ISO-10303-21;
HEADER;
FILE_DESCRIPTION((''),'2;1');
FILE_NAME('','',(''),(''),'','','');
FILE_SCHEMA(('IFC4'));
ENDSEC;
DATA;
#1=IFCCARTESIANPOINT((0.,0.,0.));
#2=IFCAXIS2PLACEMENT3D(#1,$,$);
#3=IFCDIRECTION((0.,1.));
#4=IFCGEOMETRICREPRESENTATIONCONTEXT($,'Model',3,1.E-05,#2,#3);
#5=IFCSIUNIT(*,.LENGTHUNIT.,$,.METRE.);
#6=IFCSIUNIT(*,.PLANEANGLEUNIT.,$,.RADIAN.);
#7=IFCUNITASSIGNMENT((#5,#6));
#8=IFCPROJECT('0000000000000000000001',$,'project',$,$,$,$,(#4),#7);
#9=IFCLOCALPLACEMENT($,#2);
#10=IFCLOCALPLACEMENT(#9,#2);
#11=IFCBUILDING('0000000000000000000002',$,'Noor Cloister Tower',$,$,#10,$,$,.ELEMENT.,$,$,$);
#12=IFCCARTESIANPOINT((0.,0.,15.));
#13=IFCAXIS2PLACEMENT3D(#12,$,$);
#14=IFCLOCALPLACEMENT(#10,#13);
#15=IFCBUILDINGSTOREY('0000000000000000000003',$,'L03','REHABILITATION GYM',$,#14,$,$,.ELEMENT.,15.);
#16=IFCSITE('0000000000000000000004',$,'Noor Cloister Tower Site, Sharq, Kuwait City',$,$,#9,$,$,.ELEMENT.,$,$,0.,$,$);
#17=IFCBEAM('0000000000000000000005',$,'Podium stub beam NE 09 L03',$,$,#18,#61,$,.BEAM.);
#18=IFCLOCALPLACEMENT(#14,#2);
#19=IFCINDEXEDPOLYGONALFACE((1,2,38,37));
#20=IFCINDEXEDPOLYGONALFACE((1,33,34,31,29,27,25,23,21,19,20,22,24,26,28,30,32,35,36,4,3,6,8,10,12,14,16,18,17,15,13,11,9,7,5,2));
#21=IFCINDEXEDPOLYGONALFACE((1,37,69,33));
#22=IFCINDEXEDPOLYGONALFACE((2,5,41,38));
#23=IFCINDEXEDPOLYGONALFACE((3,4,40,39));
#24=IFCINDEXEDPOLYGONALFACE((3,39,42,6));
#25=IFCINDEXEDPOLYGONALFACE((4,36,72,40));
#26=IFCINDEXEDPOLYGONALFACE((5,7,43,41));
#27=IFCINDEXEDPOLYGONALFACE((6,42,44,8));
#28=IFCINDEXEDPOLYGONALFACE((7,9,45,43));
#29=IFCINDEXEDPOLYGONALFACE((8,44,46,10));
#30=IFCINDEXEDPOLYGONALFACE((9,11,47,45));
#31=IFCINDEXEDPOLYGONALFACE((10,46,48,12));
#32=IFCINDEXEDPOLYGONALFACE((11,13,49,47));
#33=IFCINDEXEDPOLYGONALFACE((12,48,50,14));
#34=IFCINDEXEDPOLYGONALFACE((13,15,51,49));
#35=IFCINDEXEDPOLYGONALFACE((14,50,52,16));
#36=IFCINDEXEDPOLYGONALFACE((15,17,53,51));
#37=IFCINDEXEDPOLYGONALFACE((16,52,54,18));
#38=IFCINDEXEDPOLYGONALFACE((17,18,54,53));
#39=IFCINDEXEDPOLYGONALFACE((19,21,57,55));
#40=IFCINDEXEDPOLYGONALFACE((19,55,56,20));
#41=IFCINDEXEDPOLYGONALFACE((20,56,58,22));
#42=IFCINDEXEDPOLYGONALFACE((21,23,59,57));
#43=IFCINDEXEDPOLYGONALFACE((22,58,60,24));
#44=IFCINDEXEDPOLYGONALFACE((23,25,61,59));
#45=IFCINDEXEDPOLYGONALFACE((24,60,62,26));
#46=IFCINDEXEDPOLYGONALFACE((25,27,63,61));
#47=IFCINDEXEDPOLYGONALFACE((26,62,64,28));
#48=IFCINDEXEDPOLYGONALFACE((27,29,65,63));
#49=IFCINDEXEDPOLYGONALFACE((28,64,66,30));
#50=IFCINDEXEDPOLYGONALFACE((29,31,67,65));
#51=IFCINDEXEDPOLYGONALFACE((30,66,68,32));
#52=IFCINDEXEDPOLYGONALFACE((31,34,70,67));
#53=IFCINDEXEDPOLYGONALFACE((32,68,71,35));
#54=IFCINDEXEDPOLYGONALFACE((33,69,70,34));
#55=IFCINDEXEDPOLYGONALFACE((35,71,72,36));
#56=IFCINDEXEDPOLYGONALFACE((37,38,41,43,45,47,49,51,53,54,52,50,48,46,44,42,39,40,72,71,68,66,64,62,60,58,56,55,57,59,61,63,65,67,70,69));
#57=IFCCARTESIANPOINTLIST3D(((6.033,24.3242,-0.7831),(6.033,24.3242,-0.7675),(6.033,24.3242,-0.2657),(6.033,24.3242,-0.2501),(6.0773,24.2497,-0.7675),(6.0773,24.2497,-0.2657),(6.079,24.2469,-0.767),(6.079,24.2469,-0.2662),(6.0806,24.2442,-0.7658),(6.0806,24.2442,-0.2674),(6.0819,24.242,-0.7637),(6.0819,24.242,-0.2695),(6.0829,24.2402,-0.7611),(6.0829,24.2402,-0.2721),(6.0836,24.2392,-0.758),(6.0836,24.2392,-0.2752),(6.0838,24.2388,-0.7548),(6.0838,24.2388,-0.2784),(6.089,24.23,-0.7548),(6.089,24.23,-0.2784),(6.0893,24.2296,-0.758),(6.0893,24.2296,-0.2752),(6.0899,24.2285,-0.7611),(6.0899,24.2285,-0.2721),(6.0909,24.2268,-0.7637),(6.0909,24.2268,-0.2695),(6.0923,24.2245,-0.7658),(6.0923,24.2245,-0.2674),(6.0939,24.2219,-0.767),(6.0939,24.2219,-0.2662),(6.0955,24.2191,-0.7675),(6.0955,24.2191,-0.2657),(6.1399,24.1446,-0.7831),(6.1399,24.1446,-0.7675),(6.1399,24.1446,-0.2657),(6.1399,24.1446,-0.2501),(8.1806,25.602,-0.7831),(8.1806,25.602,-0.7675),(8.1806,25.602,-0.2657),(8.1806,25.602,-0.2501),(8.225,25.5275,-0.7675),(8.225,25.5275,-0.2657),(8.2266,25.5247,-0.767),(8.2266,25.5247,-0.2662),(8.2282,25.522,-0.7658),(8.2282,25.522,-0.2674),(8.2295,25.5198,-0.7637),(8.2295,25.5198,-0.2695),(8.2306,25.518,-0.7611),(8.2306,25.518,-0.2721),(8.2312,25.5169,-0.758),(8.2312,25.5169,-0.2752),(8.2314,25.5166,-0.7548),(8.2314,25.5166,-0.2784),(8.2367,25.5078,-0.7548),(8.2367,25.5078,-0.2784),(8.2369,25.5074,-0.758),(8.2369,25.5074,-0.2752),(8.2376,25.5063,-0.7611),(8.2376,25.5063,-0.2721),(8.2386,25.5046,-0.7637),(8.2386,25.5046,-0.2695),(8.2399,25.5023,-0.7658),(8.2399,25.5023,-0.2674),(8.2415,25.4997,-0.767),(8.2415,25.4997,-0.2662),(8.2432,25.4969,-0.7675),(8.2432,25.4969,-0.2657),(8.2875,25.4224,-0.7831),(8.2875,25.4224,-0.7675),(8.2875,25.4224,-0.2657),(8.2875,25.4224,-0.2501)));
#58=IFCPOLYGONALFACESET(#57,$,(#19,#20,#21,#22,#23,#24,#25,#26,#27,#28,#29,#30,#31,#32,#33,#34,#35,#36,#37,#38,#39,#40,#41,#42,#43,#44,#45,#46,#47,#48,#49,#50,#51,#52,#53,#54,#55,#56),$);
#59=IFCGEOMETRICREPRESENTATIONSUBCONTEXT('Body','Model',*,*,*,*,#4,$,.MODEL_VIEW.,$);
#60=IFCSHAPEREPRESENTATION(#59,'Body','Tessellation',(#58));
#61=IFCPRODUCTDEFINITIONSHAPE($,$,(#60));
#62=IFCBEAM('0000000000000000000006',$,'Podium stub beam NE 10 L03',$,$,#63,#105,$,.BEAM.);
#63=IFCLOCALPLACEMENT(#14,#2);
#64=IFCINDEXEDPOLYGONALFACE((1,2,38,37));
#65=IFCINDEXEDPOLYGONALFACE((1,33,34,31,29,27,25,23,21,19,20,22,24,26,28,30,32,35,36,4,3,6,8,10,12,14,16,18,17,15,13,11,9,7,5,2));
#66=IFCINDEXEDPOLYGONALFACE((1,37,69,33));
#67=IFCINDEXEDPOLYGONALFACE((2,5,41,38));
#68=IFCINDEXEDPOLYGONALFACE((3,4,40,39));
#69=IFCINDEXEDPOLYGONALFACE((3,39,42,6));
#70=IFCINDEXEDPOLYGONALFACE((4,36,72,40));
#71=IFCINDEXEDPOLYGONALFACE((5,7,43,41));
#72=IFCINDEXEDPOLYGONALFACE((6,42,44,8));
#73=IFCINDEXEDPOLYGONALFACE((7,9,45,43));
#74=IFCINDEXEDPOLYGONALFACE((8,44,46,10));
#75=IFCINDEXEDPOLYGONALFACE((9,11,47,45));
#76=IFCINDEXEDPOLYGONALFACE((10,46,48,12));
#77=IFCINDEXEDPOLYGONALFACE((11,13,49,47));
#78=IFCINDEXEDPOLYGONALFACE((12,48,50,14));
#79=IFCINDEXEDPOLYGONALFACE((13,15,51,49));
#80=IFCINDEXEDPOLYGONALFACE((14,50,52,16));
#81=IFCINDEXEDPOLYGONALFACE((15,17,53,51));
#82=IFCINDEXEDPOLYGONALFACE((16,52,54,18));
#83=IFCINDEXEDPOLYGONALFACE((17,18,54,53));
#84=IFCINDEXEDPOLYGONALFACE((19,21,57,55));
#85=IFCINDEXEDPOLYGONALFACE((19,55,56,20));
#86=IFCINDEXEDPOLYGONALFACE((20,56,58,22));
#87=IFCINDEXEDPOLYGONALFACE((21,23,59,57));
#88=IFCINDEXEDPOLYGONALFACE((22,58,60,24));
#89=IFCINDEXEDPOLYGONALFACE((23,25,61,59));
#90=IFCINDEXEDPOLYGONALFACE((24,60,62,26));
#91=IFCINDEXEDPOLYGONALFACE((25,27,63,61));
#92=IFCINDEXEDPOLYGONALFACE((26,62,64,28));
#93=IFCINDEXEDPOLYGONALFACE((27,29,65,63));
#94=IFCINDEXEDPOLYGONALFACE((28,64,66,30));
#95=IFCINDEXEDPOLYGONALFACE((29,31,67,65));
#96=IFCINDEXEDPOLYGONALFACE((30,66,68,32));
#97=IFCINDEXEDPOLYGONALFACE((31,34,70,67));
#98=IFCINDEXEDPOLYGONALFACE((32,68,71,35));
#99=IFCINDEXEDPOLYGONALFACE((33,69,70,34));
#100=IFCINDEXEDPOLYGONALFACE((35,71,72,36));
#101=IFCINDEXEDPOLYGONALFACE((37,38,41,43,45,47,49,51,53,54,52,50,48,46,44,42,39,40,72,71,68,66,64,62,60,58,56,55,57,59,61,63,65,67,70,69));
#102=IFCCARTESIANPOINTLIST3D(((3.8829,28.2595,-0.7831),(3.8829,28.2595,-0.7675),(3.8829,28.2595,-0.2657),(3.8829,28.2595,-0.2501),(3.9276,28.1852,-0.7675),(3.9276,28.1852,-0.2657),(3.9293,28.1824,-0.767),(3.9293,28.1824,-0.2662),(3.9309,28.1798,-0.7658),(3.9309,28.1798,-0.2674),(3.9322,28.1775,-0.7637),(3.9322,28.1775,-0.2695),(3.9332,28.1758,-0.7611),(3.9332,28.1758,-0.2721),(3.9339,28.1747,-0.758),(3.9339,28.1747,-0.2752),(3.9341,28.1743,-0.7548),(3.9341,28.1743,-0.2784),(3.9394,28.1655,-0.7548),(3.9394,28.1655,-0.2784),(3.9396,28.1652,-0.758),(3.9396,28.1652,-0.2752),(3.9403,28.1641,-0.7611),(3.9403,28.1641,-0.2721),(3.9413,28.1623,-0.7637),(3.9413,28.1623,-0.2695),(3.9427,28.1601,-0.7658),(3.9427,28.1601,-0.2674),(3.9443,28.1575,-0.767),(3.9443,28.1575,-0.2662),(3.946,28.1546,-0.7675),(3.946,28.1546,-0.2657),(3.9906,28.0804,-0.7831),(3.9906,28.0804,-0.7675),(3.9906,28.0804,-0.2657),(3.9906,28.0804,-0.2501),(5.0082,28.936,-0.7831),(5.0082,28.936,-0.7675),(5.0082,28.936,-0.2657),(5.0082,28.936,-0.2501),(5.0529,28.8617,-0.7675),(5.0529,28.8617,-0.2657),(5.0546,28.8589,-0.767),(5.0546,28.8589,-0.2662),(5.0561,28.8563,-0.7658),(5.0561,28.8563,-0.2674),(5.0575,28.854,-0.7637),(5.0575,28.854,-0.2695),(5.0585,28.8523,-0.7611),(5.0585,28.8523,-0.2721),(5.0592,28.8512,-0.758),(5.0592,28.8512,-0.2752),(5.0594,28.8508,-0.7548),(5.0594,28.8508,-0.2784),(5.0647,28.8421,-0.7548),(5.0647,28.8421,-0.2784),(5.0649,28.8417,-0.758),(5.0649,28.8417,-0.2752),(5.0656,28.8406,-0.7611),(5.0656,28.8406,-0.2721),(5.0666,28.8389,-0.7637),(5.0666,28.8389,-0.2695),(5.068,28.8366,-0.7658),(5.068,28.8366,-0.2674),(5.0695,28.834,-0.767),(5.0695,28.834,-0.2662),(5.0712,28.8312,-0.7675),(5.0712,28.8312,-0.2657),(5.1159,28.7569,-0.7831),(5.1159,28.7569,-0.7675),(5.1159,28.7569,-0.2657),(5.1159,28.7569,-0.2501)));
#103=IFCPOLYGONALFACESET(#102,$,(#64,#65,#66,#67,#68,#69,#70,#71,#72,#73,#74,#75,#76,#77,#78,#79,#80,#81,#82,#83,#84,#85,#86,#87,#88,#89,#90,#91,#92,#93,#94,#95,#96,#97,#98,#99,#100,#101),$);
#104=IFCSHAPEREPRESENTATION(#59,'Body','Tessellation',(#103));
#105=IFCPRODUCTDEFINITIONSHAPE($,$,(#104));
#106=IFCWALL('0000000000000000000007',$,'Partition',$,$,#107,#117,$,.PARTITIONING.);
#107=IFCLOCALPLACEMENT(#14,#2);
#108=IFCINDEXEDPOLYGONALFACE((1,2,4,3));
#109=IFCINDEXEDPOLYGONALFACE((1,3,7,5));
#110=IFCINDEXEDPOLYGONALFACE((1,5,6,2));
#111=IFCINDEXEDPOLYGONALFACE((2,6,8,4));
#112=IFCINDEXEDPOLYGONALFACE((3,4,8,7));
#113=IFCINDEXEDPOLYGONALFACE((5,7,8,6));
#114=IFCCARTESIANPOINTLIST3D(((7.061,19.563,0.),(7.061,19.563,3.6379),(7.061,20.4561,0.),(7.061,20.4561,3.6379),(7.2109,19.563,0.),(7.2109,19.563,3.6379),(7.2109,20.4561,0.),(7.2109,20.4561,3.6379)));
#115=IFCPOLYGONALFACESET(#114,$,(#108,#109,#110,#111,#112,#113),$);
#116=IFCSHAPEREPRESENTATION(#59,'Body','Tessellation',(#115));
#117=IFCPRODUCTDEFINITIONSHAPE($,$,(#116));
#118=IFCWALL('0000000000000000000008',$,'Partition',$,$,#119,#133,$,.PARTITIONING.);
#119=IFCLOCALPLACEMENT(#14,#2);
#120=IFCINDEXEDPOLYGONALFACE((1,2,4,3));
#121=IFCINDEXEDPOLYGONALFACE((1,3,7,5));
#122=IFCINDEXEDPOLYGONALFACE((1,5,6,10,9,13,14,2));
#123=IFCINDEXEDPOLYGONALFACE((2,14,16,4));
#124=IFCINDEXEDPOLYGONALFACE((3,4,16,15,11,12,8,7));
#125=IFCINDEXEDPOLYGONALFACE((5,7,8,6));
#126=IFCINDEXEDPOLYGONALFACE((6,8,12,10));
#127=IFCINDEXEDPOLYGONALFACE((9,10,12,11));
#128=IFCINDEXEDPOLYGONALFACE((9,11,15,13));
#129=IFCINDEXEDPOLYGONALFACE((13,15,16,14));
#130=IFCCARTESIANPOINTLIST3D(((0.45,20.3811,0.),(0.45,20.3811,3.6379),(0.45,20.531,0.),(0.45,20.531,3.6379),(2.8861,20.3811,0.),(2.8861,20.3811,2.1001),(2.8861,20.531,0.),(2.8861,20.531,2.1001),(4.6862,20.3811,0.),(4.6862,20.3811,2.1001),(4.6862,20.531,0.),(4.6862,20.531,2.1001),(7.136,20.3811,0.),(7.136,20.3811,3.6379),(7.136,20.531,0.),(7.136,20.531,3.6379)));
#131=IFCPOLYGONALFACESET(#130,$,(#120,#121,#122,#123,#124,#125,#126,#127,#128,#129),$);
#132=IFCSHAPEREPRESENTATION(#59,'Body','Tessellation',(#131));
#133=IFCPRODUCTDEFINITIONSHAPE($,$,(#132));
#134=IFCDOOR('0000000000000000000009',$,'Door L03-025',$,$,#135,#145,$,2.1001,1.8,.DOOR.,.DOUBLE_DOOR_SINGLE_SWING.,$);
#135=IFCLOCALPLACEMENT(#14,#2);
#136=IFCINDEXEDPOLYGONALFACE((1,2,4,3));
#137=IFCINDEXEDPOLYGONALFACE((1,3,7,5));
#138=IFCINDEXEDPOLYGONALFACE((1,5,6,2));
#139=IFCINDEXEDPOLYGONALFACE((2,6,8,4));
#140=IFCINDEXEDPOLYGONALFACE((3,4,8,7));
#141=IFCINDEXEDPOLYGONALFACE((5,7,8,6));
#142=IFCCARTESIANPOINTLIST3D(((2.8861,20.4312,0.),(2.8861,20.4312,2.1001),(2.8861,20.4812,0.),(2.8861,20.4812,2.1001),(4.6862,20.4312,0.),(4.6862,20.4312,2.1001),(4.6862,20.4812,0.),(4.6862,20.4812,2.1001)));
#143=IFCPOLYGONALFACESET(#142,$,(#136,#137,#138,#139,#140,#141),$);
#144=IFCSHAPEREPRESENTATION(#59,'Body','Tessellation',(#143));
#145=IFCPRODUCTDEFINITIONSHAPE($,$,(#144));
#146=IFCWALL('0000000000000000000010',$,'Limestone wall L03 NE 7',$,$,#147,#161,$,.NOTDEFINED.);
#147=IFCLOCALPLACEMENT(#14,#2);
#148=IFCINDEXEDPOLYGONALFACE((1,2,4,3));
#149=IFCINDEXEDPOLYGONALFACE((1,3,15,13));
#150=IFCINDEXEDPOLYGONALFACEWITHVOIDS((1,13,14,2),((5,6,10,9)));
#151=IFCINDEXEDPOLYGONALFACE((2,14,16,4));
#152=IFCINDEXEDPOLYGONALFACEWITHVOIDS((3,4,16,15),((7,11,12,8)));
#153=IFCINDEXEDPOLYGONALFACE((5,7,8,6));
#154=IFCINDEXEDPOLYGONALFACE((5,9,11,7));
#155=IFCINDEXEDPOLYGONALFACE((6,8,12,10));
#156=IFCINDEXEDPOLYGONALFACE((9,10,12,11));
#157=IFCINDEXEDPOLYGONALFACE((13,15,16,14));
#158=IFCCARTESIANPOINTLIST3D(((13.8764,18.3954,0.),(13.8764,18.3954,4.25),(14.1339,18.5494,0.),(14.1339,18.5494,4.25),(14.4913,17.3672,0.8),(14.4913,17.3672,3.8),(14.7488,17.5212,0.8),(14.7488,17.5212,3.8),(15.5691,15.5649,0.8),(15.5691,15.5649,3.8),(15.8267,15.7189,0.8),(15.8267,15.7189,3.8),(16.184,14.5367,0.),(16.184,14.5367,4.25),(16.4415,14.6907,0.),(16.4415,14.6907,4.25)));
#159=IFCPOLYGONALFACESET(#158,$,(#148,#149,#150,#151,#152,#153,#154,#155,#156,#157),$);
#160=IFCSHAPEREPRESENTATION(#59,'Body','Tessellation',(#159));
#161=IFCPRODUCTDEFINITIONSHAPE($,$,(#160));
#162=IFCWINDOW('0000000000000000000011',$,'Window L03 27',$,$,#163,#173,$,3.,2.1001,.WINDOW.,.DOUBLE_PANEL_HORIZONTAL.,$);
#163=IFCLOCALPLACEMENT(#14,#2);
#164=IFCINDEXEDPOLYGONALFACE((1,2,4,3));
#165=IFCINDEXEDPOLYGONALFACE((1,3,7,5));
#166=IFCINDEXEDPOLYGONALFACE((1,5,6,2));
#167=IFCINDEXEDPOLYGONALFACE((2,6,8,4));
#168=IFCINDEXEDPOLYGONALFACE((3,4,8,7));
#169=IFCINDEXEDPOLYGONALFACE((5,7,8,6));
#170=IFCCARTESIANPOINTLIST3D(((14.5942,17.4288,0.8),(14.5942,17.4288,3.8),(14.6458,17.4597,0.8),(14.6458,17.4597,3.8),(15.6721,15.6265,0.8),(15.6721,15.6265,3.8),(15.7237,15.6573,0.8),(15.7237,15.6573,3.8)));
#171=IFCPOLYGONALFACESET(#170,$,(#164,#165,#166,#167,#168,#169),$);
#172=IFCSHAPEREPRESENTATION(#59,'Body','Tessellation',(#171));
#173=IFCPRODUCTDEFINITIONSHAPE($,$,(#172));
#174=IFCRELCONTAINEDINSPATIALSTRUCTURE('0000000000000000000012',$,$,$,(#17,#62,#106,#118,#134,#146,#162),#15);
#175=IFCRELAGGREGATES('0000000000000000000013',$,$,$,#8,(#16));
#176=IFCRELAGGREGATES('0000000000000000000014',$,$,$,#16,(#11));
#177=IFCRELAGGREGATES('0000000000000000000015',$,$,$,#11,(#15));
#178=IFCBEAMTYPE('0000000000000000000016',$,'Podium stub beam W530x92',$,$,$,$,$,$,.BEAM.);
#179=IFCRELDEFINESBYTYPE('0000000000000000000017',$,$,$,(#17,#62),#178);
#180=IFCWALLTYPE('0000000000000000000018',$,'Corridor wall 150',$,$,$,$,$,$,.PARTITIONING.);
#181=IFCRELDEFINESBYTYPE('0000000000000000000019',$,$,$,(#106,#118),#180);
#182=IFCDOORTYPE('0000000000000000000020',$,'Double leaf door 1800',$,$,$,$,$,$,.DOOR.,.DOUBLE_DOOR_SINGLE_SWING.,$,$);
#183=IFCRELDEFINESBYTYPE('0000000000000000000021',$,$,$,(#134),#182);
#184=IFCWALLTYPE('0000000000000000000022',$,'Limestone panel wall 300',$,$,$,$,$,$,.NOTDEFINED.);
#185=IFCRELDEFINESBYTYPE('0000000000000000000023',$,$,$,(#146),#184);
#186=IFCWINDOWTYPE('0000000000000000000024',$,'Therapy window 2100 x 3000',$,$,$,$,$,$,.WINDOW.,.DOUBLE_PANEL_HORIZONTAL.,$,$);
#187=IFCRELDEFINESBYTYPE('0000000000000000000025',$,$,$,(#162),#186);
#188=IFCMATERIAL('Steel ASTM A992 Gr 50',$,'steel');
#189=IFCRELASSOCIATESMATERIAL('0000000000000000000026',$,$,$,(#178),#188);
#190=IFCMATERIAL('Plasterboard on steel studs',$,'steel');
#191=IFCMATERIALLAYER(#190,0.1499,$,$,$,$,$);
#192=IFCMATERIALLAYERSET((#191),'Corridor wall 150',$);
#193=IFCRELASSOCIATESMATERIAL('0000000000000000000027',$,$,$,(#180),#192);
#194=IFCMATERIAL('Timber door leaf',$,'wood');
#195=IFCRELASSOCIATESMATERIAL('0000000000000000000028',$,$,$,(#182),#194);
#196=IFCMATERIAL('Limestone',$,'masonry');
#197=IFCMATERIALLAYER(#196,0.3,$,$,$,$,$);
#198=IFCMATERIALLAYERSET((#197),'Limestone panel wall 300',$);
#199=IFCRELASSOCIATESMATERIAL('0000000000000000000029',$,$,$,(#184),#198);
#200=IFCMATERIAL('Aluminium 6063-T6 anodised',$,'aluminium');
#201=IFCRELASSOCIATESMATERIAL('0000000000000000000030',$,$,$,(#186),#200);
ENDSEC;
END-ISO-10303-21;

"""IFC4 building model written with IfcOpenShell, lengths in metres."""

from ifc_helpers import new_model, si_unit, direction, frame, frame_2d, origin, origin_2d, place, context, subcontext, project, spatial, rectangle, i_section, extrude, material, layer, layer_set, material_profile, profile_set, type_object, element, fill, save


model = new_model("IFC4")

# Units and contexts
model_context = context("Model", 3, precision=1e-05, world=origin(), true_north=direction((0.0, 1.0)))
body_context = subcontext(model_context, "Body", "Model", "MODEL_VIEW")
ifc_project = project(units=[si_unit("LENGTHUNIT", "METRE"), si_unit("PLANEANGLEUNIT", "RADIAN")], contexts=[model_context])

# Site, building, storey
site_placement = place(None, origin())
site = spatial("IfcSite", under=ifc_project, at=site_placement, Name="Noor Cloister Tower Site, Sharq, Kuwait City", CompositionType="ELEMENT", RefElevation=0.0)
building_placement = place(site_placement, origin())
building = spatial("IfcBuilding", under=site, at=building_placement, Name="Noor Cloister Tower", CompositionType="ELEMENT")
storey_placement = place(building_placement, frame((0.0, 0.0, 15.0)))
storey = spatial("IfcBuildingStorey", under=building, at=storey_placement, Name="L03", Description="REHABILITATION GYM", CompositionType="ELEMENT", Elevation=15.0)

# Beams
ifc_material_1 = material(Name="Steel ASTM A992 Gr 50", Category="steel")
ifc_material_profile_1 = material_profile(ifc_material_1, i_section(OverallWidth=0.209, OverallDepth=0.533, WebThickness=0.0103, FlangeThickness=0.0156, FilletRadius=0.0127, at=origin_2d()), Name="W530x92")
ifc_profile_set_1 = profile_set([ifc_material_profile_1], Name="Steel ASTM A992 Gr 50")
beam_type_1 = type_object("IfcBeamType", Name="Podium stub beam W530x92", PredefinedType="BEAM", material=ifc_profile_set_1)
beam_1_placement = place(storey_placement, frame((6.0864, 24.2344, -0.5166), z_axis=(0.859392, 0.511317, 0.0), x_axis=(-0.511317, 0.859392, 0.0)))
element("IfcBeam", 1, at=beam_1_placement, inside=storey, type_object=beam_type_1, Name="Podium stub beam NE 09 L03", PredefinedType="BEAM", context=body_context, shape_type="SweptSolid", body=[
    extrude(i_section(OverallWidth=0.209, OverallDepth=0.533, WebThickness=0.0103, FlangeThickness=0.0156, FilletRadius=0.0127, at=origin_2d()), origin(), (0.0, 0.0, 1.0), 2.499),
])
beam_2_placement = place(storey_placement, frame((3.9368, 28.1699, -0.5166), z_axis=(0.857033, 0.515261, 0.0), x_axis=(-0.515261, 0.857033, 0.0)))
element("IfcBeam", 2, at=beam_2_placement, inside=storey, type_object=beam_type_1, Name="Podium stub beam NE 10 L03", PredefinedType="BEAM", context=body_context, shape_type="SweptSolid", body=[
    extrude(i_section(OverallWidth=0.209, OverallDepth=0.533, WebThickness=0.0103, FlangeThickness=0.0156, FilletRadius=0.0127, at=origin_2d()), origin(), (0.0, 0.0, 1.0), 1.313),
])

# Wall
ifc_material_2 = material(Name="Plasterboard on steel studs", Category="steel")
ifc_layer_1 = layer(ifc_material_2, 0.1499)
ifc_layer_set_1 = layer_set([ifc_layer_1], Name="Corridor wall 150")
wall_type_1 = type_object("IfcWallType", Name="Corridor wall 150", PredefinedType="PARTITIONING", material=ifc_layer_set_1)
wall_1_placement = place(storey_placement, frame((7.136, 19.563, 0.0), z_axis=(0.0, 0.0, 1.0), x_axis=(0.0, 1.0, 0.0)))
element("IfcWall", 3, at=wall_1_placement, inside=storey, type_object=wall_type_1, Name="Partition", PredefinedType="PARTITIONING", context=body_context, shape_type="SweptSolid", body=[
    extrude(rectangle(XDim=0.8931, YDim=0.1499, at=frame_2d((0.4465, 0.0))), origin(), (0.0, 0.0, 1.0), 3.6379),
])

# Wall, opening, door
wall_2_placement = place(storey_placement, frame((7.136, 20.4561, 0.0), z_axis=(0.0, 0.0, 1.0), x_axis=(-1.0, 0.0, 0.0)))
wall_2 = element("IfcWall", 4, at=wall_2_placement, inside=storey, type_object=wall_type_1, Name="Partition", PredefinedType="PARTITIONING", context=body_context, shape_type="SweptSolid", body=[
    extrude(rectangle(XDim=6.686, YDim=0.1499, at=frame_2d((3.343, 0.0))), origin(), (0.0, 0.0, 1.0), 3.6379),
])
opening_1_placement = place(wall_2_placement, frame((2.45, 0.0, 0.0)))
opening_1 = element("IfcOpeningElement", 5, at=opening_1_placement, cuts=wall_2, PredefinedType="OPENING", context=body_context, shape_type="SweptSolid", body=[
    extrude(rectangle(XDim=1.8, YDim=2.1001, at=frame_2d((0.8999, 1.05))), frame((0.0, 0.085, 0.0), z_axis=(0.0, -1.0, 0.0), x_axis=(1.0, 0.0, 0.0)), (0.0, 0.0, 1.0), 0.1699),
])
ifc_material_3 = material(Name="Timber door leaf", Category="wood")
door_type = type_object("IfcDoorType", Name="Double leaf door 1800", OperationType="DOUBLE_DOOR_SINGLE_SWING", PredefinedType="DOOR", material=ifc_material_3)
door_placement = place(opening_1_placement, origin())
door = element("IfcDoor", 6, at=door_placement, inside=storey, type_object=door_type, Name="Door L03-025", OperationType="DOUBLE_DOOR_SINGLE_SWING", OverallHeight=2.1001, OverallWidth=1.8, PredefinedType="DOOR", context=body_context, shape_type="SweptSolid", body=[
    extrude(rectangle(XDim=1.8, YDim=2.1001, at=frame_2d((0.8999, 1.05))), frame((0.0, 0.0249, 0.0), z_axis=(0.0, -1.0, 0.0), x_axis=(1.0, 0.0, 0.0)), (0.0, 0.0, 1.0), 0.05),
])
fill(opening_1, door)

# Wall, opening, window
ifc_material_4 = material(Name="Limestone", Category="masonry")
ifc_layer_2 = layer(ifc_material_4, 0.3)
ifc_layer_set_2 = layer_set([ifc_layer_2], Name="Limestone panel wall 300")
wall_type_2 = type_object("IfcWallType", Name="Limestone panel wall 300", PredefinedType="NOTDEFINED", material=ifc_layer_set_2)
wall_3_placement = place(storey_placement, frame((14.0051, 18.4724, 0.0), z_axis=(0.0, 0.0, 1.0), x_axis=(0.513257, -0.858235, 0.0)))
wall_3 = element("IfcWall", 7, at=wall_3_placement, inside=storey, type_object=wall_type_2, Name="Limestone wall L03 NE 7", PredefinedType="NOTDEFINED", context=body_context, shape_type="SweptSolid", body=[
    extrude(rectangle(XDim=4.4961, YDim=0.3, at=frame_2d((2.248, 0.0))), origin(), (0.0, 0.0, 1.0), 4.25),
])
opening_2_placement = place(wall_3_placement, frame((1.198, 0.0, 0.8)))
opening_2 = element("IfcOpeningElement", 8, at=opening_2_placement, cuts=wall_3, PredefinedType="OPENING", context=body_context, shape_type="SweptSolid", body=[
    extrude(rectangle(XDim=2.1001, YDim=3.0, at=frame_2d((1.05, 1.5))), frame((0.0, 0.1602, 0.0), z_axis=(0.0, -1.0, 0.0), x_axis=(1.0, 0.0, 0.0)), (0.0, 0.0, 1.0), 0.3201),
])
ifc_material_5 = material(Name="Aluminium 6063-T6 anodised", Category="aluminium")
window_type_1 = type_object("IfcWindowType", Name="Therapy window 2100 x 3000", PartitioningType="DOUBLE_PANEL_HORIZONTAL", PredefinedType="WINDOW", material=ifc_material_5)
window_1_placement = place(opening_2_placement, origin())
window_1 = element("IfcWindow", 9, at=window_1_placement, inside=storey, type_object=window_type_1, Name="Window L03 27", OverallHeight=3.0, OverallWidth=2.1001, PartitioningType="DOUBLE_PANEL_HORIZONTAL", PredefinedType="WINDOW", context=body_context, shape_type="SweptSolid", body=[
    extrude(rectangle(XDim=2.1001, YDim=3.0, at=frame_2d((1.05, 1.5))), frame((0.0, 0.03, 0.0), z_axis=(0.0, -1.0, 0.0), x_axis=(1.0, 0.0, 0.0)), (0.0, 0.0, 1.0), 0.0601),
])
fill(opening_2, window_1)

save(model, "model.ifc")
